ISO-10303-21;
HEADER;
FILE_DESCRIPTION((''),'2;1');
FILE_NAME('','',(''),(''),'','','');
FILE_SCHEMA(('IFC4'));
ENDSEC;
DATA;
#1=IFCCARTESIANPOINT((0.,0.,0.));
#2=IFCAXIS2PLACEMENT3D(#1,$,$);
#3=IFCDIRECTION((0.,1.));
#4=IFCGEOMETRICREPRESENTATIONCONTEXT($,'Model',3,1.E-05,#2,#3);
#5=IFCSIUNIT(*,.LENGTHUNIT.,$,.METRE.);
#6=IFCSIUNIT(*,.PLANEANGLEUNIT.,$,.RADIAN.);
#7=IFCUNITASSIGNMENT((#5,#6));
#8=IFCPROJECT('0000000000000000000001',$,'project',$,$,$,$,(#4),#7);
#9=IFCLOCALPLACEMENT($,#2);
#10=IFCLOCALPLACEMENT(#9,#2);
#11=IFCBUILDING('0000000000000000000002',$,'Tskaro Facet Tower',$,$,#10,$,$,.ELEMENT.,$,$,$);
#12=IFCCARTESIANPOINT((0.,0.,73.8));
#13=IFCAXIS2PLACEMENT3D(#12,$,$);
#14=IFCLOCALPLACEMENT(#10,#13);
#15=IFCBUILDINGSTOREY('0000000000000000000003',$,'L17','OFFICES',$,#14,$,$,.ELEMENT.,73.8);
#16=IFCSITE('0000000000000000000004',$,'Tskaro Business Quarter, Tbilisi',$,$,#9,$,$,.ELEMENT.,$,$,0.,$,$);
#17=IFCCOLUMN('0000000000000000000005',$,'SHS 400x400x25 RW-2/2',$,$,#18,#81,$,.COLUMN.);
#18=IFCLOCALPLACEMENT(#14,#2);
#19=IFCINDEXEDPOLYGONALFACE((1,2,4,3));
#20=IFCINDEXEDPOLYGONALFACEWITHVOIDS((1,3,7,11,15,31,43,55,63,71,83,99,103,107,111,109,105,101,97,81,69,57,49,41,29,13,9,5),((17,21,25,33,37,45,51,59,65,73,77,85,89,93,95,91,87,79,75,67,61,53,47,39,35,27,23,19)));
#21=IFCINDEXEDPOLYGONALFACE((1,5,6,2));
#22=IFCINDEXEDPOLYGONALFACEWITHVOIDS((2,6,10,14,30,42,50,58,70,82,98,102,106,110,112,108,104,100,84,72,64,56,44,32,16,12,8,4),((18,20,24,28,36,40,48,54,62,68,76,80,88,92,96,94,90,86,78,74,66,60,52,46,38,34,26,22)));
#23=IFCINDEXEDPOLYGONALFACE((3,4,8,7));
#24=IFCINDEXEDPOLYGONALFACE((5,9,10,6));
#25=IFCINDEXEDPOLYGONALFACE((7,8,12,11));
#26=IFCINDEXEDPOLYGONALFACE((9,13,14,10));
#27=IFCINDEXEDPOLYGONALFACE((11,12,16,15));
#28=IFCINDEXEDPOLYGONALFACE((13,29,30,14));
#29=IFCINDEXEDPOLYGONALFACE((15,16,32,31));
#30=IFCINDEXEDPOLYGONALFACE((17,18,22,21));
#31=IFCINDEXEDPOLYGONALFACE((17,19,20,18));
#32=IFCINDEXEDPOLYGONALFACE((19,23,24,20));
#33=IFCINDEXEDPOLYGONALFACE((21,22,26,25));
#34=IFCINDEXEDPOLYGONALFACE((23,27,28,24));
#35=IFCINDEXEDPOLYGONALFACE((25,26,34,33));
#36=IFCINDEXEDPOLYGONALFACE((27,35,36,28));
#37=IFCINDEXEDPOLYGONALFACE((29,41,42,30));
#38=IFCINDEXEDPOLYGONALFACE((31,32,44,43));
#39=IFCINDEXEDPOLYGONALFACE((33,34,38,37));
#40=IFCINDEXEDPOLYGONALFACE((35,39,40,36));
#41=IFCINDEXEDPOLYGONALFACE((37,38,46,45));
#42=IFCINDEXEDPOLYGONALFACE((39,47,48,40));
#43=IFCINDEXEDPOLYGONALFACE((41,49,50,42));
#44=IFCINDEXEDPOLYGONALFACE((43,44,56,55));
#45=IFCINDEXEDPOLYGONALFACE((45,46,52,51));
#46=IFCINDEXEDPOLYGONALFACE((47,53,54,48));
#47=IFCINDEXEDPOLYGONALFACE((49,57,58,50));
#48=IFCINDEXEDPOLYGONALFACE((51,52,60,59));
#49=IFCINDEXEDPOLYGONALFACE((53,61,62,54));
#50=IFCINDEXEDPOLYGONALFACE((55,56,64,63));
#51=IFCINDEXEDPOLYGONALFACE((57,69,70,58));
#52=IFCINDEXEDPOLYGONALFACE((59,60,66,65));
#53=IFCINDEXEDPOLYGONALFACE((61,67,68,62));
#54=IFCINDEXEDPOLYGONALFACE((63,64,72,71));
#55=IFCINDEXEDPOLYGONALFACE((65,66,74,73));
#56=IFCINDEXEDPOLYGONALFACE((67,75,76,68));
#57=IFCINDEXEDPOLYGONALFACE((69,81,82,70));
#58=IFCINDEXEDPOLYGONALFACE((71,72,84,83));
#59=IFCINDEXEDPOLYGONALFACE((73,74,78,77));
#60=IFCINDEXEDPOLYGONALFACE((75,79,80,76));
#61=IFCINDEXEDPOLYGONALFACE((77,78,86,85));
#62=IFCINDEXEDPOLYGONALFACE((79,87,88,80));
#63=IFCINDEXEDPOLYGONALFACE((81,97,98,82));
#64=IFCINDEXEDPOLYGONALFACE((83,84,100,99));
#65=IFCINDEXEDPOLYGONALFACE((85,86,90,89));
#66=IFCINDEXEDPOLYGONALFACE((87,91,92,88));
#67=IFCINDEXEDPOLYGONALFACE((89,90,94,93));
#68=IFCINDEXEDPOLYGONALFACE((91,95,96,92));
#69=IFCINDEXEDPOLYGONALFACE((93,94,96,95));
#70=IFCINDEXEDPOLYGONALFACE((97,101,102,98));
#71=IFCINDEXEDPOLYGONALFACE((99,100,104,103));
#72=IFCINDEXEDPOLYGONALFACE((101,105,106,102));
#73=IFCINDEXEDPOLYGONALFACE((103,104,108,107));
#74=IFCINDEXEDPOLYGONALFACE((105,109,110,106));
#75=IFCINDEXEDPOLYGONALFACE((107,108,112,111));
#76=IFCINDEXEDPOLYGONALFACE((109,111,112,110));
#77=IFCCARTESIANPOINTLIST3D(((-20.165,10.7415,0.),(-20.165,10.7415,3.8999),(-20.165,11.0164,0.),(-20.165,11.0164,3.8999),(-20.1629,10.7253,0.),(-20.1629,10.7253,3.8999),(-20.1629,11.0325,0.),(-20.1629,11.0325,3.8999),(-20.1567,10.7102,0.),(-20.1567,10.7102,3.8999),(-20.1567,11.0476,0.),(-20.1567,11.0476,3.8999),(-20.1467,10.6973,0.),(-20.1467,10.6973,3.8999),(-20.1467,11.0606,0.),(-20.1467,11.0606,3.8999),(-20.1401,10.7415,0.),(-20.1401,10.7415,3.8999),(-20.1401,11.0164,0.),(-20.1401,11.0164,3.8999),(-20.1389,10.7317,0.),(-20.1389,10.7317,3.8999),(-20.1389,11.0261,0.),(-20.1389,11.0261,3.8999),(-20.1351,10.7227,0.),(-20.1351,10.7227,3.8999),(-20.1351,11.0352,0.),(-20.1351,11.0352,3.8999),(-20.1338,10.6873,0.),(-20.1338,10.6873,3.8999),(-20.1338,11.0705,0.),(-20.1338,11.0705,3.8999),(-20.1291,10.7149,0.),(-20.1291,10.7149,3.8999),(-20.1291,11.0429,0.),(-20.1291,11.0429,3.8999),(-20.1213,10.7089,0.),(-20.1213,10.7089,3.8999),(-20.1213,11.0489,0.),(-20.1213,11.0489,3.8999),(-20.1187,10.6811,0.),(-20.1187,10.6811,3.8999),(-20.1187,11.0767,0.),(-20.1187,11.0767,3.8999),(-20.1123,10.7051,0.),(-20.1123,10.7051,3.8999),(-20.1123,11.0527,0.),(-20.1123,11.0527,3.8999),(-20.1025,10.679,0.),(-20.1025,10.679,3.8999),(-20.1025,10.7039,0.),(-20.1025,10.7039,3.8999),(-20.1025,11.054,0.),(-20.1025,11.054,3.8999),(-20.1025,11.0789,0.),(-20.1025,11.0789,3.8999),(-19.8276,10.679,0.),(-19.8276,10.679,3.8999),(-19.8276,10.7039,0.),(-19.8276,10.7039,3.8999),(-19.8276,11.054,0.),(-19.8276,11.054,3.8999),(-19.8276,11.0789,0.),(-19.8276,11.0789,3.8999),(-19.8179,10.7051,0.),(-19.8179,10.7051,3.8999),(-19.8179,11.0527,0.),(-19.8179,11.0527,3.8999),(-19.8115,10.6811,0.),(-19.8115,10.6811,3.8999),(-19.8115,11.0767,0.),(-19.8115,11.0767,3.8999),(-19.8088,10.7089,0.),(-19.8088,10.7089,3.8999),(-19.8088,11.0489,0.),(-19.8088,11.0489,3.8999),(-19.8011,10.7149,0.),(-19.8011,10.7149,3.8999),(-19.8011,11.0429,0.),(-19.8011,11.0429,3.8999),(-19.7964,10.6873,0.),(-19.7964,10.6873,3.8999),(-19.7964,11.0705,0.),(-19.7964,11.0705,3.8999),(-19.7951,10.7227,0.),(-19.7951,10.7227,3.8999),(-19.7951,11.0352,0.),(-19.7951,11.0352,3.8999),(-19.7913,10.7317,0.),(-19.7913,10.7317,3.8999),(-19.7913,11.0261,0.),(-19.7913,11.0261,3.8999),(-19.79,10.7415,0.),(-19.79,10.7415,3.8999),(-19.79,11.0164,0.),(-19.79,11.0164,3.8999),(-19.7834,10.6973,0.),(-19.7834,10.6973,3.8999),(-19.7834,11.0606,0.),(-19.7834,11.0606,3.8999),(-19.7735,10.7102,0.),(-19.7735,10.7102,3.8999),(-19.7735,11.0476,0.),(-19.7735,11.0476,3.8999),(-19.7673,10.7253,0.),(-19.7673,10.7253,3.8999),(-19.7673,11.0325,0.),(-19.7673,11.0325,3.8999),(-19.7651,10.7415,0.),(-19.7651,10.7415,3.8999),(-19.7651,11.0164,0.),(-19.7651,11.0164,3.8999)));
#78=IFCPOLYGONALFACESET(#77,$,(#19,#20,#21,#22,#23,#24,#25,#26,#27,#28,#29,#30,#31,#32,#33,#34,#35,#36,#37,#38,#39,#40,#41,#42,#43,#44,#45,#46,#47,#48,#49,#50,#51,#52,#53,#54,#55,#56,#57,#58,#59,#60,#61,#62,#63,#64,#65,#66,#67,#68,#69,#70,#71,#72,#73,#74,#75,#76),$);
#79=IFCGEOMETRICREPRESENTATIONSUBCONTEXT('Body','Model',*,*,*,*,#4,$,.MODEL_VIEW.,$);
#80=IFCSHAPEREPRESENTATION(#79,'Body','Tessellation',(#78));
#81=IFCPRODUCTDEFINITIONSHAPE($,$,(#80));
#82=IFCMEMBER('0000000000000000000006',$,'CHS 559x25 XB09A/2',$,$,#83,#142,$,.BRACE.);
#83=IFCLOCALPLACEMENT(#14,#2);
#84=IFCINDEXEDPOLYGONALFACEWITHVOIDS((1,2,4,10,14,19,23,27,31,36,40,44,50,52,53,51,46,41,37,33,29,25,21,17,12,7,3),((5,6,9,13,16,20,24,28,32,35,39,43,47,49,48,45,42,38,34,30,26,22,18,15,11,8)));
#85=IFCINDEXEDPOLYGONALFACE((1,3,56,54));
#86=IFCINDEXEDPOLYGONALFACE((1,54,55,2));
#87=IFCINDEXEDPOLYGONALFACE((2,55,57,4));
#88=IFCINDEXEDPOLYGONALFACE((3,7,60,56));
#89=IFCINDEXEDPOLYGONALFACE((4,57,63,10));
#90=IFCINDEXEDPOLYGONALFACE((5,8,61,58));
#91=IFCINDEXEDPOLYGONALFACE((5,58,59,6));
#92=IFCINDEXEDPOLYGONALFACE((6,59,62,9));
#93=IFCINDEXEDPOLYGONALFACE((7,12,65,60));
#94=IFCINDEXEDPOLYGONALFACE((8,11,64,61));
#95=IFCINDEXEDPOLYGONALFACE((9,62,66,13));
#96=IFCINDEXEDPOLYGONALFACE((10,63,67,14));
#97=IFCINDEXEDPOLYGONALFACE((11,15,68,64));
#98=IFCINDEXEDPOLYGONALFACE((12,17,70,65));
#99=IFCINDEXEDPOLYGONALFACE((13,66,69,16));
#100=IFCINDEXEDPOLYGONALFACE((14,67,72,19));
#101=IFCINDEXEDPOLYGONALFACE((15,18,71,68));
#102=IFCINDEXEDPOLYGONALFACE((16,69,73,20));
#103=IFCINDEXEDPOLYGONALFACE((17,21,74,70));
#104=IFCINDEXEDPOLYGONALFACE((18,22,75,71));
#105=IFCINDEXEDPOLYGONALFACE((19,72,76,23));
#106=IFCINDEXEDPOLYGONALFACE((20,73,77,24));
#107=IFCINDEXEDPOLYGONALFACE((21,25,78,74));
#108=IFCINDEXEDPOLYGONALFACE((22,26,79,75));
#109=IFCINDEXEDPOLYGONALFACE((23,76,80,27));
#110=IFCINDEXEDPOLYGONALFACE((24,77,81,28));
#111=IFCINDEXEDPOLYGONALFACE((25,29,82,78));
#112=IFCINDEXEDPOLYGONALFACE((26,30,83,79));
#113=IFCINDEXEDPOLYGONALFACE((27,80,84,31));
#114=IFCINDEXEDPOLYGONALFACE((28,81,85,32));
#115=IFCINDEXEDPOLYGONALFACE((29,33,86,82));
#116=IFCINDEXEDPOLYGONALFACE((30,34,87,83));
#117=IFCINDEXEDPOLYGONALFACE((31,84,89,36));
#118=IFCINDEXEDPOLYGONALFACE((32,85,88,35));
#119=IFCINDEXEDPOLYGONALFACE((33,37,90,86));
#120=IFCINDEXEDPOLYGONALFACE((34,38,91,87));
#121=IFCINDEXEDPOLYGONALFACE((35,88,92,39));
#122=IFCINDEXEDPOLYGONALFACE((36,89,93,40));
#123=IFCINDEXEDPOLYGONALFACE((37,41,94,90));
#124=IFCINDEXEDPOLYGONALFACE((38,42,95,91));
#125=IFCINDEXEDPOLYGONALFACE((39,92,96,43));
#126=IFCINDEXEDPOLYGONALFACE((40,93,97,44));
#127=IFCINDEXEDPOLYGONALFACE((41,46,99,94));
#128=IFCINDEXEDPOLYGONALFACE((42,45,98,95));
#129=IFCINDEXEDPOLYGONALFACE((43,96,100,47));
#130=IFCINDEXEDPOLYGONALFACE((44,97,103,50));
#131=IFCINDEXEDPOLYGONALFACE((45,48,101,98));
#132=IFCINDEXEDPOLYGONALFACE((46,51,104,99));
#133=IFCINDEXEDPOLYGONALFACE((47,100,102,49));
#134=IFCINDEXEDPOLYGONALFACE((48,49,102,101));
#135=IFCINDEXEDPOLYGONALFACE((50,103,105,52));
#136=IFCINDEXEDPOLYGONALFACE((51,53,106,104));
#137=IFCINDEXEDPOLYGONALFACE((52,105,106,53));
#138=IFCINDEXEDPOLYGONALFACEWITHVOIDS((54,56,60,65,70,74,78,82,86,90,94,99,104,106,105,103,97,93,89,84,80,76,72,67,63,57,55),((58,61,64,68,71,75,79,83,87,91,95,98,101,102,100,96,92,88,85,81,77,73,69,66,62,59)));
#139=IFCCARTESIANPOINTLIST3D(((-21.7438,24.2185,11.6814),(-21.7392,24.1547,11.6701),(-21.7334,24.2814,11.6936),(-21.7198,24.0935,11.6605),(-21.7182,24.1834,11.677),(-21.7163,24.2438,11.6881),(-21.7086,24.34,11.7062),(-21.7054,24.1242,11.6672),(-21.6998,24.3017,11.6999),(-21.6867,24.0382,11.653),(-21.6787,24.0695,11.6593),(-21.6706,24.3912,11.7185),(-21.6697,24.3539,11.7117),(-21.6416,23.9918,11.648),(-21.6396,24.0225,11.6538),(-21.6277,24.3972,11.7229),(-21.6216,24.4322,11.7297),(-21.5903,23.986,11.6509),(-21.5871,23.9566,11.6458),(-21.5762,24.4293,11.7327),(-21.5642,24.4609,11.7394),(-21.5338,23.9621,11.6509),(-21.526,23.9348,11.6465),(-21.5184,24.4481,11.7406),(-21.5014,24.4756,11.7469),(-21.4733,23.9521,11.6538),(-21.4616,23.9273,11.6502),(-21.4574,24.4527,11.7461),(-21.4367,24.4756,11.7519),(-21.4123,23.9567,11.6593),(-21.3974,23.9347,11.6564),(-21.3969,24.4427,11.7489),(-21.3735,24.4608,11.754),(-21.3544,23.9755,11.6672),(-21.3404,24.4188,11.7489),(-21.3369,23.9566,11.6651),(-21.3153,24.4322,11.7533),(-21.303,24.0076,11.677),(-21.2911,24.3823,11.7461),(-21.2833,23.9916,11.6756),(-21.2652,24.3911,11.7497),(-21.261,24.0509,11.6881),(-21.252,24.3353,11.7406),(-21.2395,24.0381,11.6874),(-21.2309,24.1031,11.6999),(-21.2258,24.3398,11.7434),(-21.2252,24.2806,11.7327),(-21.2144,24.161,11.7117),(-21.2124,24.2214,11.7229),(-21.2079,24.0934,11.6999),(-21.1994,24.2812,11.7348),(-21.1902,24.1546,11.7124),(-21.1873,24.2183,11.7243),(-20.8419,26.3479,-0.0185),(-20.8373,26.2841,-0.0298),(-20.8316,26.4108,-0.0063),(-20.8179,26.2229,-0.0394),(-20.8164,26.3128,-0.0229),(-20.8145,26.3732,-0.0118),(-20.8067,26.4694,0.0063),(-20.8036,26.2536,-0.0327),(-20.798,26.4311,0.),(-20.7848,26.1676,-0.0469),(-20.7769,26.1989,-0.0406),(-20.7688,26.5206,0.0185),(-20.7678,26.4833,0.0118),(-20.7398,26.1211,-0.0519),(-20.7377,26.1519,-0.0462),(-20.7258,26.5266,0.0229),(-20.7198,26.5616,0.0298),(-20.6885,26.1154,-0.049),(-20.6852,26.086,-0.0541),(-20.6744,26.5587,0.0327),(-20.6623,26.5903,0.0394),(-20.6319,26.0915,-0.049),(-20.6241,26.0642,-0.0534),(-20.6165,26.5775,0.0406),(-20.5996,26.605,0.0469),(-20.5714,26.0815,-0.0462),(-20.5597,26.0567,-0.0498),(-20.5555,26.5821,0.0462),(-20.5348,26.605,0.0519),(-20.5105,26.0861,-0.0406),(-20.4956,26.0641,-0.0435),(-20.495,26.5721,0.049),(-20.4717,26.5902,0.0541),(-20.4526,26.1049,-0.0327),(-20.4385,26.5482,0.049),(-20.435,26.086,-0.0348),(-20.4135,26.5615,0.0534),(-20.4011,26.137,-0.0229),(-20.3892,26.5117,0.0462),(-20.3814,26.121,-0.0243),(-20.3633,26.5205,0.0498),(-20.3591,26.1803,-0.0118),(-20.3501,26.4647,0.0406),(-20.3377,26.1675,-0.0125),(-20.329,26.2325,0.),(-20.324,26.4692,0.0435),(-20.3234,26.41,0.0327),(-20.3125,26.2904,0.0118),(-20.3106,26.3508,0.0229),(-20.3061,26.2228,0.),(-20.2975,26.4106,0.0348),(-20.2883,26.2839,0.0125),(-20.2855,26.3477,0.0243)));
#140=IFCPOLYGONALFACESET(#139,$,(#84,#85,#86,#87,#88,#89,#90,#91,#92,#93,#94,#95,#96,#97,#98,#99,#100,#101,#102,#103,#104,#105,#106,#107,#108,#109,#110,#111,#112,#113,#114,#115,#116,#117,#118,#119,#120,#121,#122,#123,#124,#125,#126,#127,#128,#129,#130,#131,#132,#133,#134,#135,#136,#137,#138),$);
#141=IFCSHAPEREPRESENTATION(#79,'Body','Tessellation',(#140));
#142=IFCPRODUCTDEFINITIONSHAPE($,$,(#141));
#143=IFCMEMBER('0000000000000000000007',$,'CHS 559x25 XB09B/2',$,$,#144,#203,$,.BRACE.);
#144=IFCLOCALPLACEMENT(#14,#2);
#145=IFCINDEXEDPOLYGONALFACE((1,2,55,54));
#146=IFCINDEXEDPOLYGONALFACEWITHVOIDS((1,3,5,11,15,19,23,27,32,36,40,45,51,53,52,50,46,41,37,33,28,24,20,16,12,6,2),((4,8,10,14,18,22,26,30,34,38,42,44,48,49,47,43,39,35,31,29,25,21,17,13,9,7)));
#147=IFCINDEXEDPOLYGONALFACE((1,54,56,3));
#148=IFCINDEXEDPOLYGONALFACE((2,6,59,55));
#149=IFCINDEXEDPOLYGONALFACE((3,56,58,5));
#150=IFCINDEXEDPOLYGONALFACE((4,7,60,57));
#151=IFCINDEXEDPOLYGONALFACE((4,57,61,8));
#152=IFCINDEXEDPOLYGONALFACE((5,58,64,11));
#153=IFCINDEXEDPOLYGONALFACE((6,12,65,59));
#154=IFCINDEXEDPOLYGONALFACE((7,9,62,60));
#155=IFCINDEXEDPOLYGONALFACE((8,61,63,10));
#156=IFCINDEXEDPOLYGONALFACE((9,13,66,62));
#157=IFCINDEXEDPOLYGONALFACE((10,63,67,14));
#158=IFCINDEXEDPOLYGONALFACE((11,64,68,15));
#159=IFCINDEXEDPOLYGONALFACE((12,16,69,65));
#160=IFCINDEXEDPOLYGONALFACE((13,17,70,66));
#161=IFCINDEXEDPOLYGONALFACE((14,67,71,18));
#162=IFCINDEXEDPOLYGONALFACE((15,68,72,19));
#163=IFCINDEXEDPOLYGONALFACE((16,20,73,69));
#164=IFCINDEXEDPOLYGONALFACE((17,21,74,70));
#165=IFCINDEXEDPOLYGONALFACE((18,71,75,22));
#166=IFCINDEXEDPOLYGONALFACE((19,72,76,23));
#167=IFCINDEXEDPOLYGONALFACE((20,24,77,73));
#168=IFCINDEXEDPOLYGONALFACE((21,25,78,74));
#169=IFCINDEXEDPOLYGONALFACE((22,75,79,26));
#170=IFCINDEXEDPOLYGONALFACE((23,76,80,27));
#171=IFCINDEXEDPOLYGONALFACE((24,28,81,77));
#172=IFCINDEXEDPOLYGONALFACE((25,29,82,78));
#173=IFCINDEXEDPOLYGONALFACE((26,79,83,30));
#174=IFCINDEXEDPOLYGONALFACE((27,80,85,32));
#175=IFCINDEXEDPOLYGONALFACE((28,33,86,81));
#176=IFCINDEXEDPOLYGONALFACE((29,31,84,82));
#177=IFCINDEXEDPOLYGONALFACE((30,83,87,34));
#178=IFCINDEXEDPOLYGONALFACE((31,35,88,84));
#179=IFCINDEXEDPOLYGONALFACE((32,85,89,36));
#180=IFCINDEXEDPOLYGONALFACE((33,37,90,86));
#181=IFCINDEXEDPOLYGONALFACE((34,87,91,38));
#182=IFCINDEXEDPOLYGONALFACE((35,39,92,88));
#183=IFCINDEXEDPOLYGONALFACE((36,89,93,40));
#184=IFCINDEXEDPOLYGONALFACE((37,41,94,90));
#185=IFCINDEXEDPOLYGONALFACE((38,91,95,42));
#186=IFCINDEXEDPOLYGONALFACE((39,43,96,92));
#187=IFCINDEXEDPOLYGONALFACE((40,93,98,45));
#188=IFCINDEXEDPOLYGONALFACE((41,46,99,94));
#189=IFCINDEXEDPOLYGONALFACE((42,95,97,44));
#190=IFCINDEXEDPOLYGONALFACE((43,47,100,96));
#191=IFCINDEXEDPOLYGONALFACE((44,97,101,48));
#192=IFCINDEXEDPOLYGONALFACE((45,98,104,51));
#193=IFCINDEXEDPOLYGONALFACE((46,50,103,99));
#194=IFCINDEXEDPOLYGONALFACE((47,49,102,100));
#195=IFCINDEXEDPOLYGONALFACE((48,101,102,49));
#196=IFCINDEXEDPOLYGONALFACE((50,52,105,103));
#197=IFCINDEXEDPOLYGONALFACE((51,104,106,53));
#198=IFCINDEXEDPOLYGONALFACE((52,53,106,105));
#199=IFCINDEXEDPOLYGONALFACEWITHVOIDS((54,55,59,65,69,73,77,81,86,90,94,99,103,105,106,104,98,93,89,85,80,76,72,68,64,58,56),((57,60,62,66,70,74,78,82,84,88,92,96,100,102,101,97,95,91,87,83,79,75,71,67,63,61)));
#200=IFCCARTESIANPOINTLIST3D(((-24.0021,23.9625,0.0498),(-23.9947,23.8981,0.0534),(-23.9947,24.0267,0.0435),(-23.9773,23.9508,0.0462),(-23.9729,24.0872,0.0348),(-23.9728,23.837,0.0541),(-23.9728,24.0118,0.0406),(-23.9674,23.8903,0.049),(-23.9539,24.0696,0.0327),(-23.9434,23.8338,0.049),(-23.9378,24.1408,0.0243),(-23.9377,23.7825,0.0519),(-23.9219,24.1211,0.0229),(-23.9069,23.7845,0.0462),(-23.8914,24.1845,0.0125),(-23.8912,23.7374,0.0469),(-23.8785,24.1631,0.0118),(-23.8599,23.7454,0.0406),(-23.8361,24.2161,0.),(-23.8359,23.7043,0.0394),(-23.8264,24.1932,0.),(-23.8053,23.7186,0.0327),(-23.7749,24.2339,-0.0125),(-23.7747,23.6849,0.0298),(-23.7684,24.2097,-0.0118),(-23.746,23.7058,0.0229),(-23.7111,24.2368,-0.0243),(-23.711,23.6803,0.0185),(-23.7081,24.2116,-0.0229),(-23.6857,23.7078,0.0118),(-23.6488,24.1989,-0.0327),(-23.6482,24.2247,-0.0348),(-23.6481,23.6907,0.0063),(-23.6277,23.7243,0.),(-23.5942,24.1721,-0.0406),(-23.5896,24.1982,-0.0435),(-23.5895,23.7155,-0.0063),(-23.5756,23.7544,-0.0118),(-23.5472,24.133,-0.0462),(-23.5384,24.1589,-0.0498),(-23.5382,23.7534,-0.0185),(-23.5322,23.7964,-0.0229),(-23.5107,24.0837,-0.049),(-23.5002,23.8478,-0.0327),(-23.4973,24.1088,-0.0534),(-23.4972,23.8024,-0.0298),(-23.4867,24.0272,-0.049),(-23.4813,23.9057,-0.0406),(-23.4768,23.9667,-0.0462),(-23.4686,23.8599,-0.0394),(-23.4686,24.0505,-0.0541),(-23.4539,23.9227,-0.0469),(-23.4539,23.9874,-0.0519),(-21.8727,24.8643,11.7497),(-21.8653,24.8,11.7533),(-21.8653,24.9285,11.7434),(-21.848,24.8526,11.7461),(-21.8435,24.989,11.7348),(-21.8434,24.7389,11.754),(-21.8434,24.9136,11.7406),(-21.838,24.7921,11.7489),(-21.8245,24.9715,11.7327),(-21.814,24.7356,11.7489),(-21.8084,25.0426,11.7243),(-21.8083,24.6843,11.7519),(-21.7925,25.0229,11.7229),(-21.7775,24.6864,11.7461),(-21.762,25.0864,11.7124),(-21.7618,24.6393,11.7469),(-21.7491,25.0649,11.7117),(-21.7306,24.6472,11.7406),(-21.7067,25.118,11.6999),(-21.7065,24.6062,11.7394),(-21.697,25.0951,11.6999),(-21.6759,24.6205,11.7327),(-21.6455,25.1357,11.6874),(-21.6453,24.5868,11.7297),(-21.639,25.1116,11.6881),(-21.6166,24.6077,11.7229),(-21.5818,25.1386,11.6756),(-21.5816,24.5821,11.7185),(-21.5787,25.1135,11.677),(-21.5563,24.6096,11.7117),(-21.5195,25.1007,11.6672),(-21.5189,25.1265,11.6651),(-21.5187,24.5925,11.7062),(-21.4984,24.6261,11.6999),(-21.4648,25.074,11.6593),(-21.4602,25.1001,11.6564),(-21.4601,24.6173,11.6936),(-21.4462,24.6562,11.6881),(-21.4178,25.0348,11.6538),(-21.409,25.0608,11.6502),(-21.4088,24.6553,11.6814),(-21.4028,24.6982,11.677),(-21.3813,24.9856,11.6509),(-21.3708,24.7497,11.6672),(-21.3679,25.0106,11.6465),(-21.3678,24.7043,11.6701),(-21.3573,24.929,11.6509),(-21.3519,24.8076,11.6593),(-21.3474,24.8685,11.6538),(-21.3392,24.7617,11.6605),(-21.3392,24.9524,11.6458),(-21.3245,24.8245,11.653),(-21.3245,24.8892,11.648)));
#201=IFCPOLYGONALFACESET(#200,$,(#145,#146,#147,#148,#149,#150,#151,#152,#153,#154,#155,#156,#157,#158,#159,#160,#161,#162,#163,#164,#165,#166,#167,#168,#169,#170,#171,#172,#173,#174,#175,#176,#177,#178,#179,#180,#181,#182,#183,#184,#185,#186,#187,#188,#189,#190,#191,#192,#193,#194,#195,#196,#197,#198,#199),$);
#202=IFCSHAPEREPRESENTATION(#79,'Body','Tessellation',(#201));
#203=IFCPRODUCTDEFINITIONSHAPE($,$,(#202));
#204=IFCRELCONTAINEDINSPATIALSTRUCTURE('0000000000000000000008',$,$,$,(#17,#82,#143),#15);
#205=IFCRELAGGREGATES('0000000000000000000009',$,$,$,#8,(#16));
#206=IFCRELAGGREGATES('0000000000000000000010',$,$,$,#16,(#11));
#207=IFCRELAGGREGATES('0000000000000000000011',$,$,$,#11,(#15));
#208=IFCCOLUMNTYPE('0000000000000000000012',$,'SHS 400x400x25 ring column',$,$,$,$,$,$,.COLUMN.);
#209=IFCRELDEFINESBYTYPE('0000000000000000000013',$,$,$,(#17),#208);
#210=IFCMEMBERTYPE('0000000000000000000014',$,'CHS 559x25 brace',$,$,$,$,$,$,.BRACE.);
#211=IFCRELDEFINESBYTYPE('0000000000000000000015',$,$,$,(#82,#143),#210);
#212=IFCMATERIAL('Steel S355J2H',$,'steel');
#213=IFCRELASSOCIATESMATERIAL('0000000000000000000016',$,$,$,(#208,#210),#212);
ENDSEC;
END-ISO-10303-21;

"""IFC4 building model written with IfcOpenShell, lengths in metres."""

from ifc_helpers import new_model, si_unit, direction, frame, origin, origin_2d, place, context, subcontext, project, spatial, hollow_rectangle, hollow_circle, extrude, material, material_profile, profile_set, type_object, element, save


model = new_model("IFC4")

# Units and contexts
model_context = context("Model", 3, precision=1e-05, world=origin(), true_north=direction((0.0, 1.0)))
body_context = subcontext(model_context, "Body", "Model", "MODEL_VIEW")
ifc_project = project(units=[si_unit("LENGTHUNIT", "METRE"), si_unit("PLANEANGLEUNIT", "RADIAN")], contexts=[model_context])

# Site, building, storey
site_placement = place(None, origin())
site = spatial("IfcSite", under=ifc_project, at=site_placement, Name="Tskaro Business Quarter, Tbilisi", CompositionType="ELEMENT", RefElevation=0.0)
building_placement = place(site_placement, origin())
building = spatial("IfcBuilding", under=site, at=building_placement, Name="Tskaro Facet Tower", CompositionType="ELEMENT")
storey_placement = place(building_placement, frame((0.0, 0.0, 73.8)))
storey = spatial("IfcBuildingStorey", under=building, at=storey_placement, Name="L17", Description="OFFICES", CompositionType="ELEMENT", Elevation=73.8)

# Column
ifc_material_1 = material(Name="Steel S355J2H", Category="steel")
ifc_material_profile_1 = material_profile(ifc_material_1, hollow_rectangle(XDim=0.3999, YDim=0.3999, WallThickness=0.0249, InnerFilletRadius=0.0376, OuterFilletRadius=0.0625, at=origin_2d()), Name="SHS 400x400x25")
ifc_profile_set_1 = profile_set([ifc_material_profile_1], Name="Steel S355J2H")
column_type_1 = type_object("IfcColumnType", Name="SHS 400x400x25 ring column", PredefinedType="COLUMN", material=ifc_profile_set_1)
for number, where, z_axis, x_axis, name in (
    (1, (-19.9651, 10.8789, 0.0), (0.0, 0.0, 1.0), (1.0, 0.0, 0.0), "SHS 400x400x25 RW-2/2"),
):
    element("IfcColumn", number, at=place(storey_placement, frame(where, z_axis=z_axis, x_axis=x_axis)), inside=storey, type_object=column_type_1, Name=name, PredefinedType="COLUMN", context=body_context, shape_type="SweptSolid", body=[
        extrude(hollow_rectangle(XDim=0.3999, YDim=0.3999, WallThickness=0.0249, InnerFilletRadius=0.0376, OuterFilletRadius=0.0625, at=origin_2d()), origin(), (0.0, 0.0, 1.0), 3.8999),
    ])

# Members
ifc_material_profile_2 = material_profile(ifc_material_1, hollow_circle(Radius=0.2795, WallThickness=0.0249, at=origin_2d()), Name="CHS 559x25")
ifc_profile_set_2 = profile_set([ifc_material_profile_2], Name="Steel S355J2H")
member_type_1 = type_object("IfcMemberType", Name="CHS 559x25 brace", PredefinedType="BRACE", material=ifc_profile_set_2)
for number, where, z_axis, x_axis, name in (
    (2, (-20.5635, 26.3318, 0.0), (-0.075619, -0.178546, 0.981021), (0.920819, -0.389991, 0.0), "CHS 559x25 XB09A/2"),
    (3, (-23.7271, 23.9587, 0.0), (0.178546, 0.075619, 0.981021), (-0.389991, 0.920819, 0.0), "CHS 559x25 XB09B/2"),
):
    element("IfcMember", number, at=place(storey_placement, frame(where, z_axis=z_axis, x_axis=x_axis)), inside=storey, type_object=member_type_1, Name=name, PredefinedType="BRACE", context=body_context, shape_type="SweptSolid", body=[
        extrude(hollow_circle(Radius=0.2795, WallThickness=0.0249, at=origin_2d()), origin(), (0.0, 0.0, 1.0), 11.9263),
    ])

save(model, "model.ifc")
